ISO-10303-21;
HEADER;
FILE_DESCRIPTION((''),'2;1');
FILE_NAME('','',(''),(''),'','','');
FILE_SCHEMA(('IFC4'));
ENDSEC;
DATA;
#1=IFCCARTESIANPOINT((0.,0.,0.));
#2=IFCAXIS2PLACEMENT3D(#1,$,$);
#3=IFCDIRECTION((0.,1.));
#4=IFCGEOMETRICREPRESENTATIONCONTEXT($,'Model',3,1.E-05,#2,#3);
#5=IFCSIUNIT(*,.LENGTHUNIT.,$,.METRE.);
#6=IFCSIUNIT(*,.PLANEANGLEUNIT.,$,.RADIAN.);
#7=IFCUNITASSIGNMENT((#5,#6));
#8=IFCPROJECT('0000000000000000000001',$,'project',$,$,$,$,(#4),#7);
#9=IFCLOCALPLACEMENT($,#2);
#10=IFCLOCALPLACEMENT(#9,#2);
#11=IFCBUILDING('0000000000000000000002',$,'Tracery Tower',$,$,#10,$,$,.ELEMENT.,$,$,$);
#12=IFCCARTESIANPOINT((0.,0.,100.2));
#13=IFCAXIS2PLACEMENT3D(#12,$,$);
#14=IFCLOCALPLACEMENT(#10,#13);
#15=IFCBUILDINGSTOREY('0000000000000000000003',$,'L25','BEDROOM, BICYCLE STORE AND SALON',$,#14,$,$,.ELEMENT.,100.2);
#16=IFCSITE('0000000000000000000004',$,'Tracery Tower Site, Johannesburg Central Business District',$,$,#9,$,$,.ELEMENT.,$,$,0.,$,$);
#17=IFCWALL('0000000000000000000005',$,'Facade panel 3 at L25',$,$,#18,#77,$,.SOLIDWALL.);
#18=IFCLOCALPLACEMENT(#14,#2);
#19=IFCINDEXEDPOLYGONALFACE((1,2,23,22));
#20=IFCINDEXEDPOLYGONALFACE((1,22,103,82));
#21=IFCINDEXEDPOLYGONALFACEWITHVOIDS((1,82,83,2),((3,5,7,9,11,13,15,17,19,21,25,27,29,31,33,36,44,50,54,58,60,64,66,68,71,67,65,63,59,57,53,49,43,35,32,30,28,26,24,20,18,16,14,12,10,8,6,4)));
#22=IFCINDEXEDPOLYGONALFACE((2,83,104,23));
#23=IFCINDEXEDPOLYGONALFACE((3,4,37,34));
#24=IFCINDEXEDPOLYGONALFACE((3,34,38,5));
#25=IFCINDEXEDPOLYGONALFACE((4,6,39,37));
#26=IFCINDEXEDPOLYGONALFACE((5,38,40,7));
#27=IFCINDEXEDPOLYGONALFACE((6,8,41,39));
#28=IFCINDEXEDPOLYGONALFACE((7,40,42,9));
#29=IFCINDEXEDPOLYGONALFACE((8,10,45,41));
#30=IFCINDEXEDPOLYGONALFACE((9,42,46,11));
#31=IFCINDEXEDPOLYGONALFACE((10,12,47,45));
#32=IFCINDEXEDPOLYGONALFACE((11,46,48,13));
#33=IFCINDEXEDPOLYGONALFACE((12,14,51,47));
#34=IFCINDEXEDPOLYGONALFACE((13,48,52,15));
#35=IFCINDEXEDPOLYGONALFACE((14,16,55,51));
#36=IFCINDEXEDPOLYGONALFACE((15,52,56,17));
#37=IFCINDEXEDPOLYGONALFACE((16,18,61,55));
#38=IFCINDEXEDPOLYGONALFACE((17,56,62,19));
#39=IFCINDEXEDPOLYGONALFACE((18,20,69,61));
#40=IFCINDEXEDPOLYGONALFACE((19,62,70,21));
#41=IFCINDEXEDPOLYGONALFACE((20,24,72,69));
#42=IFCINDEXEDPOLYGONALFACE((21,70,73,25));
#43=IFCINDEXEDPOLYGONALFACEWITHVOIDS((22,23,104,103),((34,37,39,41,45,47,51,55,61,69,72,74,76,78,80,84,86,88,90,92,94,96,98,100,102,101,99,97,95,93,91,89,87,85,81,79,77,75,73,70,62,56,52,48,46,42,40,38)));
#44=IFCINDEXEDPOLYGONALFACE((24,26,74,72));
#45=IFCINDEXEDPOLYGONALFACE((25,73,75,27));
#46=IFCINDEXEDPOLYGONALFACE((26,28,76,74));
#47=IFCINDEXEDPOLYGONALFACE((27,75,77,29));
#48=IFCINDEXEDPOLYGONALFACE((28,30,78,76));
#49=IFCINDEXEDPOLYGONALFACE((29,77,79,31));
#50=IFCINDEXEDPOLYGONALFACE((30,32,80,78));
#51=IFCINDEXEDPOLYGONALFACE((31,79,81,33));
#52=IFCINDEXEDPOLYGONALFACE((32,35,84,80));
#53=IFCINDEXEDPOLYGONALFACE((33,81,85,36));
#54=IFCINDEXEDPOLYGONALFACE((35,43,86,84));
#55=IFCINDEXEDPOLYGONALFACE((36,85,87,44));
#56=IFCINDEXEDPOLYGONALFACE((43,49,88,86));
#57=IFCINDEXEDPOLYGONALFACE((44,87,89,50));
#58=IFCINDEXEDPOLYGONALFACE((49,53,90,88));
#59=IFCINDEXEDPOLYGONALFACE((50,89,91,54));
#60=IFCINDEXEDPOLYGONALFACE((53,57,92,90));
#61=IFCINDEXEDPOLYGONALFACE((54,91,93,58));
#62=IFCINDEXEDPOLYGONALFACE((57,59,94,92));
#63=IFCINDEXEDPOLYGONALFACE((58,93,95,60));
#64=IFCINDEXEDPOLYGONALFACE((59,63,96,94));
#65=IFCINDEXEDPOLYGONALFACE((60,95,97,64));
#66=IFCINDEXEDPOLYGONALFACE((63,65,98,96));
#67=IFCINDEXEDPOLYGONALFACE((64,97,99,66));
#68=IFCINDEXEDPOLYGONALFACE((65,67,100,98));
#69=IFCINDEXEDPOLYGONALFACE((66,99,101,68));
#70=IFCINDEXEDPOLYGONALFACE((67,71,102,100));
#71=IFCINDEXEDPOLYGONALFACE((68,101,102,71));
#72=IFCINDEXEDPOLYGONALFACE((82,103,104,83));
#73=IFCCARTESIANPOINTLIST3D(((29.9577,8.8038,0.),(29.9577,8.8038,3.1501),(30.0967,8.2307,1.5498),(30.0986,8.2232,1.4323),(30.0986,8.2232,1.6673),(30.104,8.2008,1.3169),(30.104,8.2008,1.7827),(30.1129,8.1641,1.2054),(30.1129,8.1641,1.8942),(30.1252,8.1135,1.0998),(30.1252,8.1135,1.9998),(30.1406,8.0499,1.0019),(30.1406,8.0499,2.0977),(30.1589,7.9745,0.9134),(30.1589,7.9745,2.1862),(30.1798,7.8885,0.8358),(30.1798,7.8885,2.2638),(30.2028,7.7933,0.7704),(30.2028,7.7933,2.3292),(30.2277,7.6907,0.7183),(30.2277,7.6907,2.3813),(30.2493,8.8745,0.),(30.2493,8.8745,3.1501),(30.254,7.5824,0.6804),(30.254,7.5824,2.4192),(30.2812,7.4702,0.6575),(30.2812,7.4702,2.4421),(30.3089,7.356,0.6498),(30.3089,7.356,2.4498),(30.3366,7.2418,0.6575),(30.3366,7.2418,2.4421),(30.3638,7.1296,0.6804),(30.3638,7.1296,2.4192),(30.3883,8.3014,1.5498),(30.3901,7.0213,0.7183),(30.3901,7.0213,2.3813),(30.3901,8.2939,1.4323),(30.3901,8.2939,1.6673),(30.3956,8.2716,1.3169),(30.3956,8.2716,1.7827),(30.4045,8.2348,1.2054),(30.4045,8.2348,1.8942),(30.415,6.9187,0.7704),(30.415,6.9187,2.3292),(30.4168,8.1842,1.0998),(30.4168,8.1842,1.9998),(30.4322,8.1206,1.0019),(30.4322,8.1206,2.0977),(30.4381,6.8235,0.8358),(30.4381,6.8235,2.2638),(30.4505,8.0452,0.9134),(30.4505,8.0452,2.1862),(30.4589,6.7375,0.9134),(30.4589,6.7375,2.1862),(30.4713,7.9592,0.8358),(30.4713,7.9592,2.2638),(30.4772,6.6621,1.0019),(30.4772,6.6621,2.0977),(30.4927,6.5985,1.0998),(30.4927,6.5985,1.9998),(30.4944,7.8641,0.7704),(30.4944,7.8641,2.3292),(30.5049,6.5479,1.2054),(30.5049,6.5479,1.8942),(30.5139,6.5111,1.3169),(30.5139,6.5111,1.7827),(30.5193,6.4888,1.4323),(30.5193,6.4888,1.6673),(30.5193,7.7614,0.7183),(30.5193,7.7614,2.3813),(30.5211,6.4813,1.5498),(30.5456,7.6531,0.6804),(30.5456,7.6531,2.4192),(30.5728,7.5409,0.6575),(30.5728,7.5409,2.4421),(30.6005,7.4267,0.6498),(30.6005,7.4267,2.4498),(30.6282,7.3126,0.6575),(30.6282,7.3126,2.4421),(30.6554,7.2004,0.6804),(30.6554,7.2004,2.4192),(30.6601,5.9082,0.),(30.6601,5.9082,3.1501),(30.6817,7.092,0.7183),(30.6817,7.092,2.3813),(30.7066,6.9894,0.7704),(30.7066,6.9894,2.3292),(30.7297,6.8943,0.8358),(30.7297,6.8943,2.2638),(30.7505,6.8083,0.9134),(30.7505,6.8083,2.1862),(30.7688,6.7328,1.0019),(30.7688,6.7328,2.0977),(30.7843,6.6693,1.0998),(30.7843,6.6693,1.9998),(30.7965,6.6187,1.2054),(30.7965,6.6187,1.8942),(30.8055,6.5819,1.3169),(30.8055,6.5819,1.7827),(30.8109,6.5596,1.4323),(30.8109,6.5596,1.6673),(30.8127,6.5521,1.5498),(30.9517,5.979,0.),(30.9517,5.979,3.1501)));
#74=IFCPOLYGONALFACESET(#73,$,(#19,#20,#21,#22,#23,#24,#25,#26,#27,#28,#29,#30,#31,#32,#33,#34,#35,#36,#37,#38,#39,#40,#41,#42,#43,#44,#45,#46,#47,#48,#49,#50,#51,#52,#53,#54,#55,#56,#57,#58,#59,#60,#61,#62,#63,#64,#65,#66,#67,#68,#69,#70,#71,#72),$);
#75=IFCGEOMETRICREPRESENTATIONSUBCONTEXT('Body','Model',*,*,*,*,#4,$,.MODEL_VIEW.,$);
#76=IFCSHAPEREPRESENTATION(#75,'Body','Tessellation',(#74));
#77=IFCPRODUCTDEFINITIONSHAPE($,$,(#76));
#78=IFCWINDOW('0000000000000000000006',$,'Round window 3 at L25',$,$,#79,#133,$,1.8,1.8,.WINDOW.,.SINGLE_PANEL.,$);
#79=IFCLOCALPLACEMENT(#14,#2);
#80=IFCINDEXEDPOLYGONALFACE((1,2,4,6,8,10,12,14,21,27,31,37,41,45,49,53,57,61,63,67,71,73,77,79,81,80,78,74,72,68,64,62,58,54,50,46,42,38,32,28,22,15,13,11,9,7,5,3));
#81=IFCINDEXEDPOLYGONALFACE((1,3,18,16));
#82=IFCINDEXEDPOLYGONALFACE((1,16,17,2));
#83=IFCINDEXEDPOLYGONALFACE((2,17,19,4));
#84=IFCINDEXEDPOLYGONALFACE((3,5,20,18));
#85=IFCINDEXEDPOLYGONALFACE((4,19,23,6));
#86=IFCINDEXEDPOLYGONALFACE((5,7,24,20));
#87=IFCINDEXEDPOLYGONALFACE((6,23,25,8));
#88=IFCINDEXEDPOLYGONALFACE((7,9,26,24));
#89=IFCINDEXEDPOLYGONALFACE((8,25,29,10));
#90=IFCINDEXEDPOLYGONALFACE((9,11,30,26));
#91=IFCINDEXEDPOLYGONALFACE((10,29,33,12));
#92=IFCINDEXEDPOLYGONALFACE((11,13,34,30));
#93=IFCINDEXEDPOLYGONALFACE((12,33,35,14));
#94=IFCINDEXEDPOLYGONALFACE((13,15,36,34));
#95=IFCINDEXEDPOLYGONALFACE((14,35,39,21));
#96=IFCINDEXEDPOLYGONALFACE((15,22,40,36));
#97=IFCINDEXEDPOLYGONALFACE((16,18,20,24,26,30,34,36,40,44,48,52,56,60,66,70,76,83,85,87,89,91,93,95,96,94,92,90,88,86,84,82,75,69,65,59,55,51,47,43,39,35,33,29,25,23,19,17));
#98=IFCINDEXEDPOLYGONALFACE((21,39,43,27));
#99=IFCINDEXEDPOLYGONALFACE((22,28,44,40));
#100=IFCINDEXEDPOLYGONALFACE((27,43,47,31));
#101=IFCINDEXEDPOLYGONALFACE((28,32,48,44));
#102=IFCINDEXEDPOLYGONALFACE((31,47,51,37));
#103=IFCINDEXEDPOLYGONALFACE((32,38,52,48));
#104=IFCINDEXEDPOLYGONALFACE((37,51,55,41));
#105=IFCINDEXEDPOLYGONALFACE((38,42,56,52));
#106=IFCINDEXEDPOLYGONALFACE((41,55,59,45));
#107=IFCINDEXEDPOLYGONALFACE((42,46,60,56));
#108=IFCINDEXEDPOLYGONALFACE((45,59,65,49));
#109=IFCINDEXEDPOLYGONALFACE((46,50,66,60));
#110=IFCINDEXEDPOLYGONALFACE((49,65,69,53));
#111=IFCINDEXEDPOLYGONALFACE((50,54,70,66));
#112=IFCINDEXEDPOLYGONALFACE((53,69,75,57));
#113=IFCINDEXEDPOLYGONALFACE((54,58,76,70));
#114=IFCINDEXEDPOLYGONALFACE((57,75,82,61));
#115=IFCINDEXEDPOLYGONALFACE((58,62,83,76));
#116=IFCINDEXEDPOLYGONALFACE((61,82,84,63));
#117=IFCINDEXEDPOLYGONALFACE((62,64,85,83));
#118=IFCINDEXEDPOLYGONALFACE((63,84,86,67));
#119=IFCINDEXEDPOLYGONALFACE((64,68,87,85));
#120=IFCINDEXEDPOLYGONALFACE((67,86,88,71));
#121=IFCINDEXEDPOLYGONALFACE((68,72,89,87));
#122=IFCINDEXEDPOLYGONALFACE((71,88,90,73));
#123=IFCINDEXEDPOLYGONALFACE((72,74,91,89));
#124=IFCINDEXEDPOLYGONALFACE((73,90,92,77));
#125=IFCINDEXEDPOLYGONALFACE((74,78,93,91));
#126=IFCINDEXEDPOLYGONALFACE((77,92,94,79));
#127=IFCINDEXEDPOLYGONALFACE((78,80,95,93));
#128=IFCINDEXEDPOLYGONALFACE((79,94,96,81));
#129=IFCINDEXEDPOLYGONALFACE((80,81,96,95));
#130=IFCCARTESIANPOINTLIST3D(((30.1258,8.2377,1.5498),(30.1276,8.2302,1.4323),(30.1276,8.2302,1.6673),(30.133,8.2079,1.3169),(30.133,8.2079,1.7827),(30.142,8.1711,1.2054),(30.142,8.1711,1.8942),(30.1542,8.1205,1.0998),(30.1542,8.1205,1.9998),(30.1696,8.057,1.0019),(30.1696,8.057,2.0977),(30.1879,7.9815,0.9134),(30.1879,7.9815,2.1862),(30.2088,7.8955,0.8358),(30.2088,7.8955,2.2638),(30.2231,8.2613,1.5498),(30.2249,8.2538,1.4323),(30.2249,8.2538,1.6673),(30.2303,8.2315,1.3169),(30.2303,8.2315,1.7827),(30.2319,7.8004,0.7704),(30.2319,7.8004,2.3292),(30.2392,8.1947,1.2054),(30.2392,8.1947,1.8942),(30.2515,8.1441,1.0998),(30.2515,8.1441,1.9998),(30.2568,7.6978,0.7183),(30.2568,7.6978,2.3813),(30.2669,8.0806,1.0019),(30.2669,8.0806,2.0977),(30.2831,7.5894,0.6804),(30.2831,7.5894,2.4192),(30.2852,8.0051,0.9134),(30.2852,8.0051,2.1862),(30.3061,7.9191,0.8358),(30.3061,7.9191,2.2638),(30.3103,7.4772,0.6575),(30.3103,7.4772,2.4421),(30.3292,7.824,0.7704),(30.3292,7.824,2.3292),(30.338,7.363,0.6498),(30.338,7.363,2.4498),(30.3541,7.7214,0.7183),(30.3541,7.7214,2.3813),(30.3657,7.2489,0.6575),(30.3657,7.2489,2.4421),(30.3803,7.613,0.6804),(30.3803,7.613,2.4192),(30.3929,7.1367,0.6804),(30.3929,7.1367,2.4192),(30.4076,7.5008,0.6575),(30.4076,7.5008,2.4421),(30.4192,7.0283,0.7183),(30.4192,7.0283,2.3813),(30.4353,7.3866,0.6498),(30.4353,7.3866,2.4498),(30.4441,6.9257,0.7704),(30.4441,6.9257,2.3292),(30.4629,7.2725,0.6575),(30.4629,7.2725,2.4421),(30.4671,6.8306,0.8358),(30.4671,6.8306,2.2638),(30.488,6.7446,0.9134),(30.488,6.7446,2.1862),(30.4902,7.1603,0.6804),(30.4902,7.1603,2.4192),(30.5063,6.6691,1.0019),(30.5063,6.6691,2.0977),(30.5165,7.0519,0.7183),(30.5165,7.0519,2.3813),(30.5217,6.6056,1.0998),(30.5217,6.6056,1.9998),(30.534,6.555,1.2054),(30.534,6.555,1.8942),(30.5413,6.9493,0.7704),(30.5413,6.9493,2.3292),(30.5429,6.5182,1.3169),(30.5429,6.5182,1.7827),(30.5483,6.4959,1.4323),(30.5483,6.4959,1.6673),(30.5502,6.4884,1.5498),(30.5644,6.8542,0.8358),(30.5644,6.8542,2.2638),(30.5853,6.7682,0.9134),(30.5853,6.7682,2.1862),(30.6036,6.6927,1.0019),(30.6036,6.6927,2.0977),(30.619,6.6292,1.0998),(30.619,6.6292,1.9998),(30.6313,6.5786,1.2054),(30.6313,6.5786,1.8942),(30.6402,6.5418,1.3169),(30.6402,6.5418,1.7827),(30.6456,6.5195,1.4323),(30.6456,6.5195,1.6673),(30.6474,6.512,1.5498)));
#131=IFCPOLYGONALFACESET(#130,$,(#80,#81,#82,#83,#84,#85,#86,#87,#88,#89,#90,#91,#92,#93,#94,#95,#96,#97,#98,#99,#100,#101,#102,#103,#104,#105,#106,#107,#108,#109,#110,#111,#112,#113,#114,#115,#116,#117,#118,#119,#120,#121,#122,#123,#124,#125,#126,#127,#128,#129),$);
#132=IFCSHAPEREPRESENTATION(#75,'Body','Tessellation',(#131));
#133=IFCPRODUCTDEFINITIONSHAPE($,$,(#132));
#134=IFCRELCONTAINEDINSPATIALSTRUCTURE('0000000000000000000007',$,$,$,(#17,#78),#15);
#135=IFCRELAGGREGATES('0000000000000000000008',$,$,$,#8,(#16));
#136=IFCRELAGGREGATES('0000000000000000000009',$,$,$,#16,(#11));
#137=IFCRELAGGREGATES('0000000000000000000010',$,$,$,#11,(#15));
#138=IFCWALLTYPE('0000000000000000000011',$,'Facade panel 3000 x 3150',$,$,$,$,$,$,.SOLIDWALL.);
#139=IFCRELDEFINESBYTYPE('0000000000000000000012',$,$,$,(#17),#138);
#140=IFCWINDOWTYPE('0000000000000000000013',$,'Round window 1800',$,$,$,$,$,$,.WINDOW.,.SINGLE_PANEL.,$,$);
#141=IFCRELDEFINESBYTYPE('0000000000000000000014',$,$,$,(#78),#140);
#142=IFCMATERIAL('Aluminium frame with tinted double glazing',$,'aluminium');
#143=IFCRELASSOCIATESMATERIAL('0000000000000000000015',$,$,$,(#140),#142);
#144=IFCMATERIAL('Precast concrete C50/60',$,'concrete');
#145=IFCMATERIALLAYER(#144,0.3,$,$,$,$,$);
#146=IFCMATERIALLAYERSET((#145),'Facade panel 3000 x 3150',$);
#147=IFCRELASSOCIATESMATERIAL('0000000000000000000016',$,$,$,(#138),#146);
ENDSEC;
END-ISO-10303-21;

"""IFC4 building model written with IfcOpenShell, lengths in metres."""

from ifc_helpers import new_model, si_unit, direction, frame, frame_2d, origin, origin_2d, place, context, subcontext, project, spatial, rectangle, circle, extrude, material, layer, layer_set, type_object, element, fill, save


model = new_model("IFC4")

# Units and contexts
model_context = context("Model", 3, precision=1e-05, world=origin(), true_north=direction((0.0, 1.0)))
body_context = subcontext(model_context, "Body", "Model", "MODEL_VIEW")
ifc_project = project(units=[si_unit("LENGTHUNIT", "METRE"), si_unit("PLANEANGLEUNIT", "RADIAN")], contexts=[model_context])

# Site, building, storey
site_placement = place(None, origin())
site = spatial("IfcSite", under=ifc_project, at=site_placement, Name="Tracery Tower Site, Johannesburg Central Business District", CompositionType="ELEMENT", RefElevation=0.0)
building_placement = place(site_placement, origin())
building = spatial("IfcBuilding", under=site, at=building_placement, Name="Tracery Tower", CompositionType="ELEMENT")
storey_placement = place(building_placement, frame((0.0, 0.0, 100.2)))
storey = spatial("IfcBuildingStorey", under=building, at=storey_placement, Name="L25", Description="BEDROOM, BICYCLE STORE AND SALON", CompositionType="ELEMENT", Elevation=100.2)

# Wall, opening, window
ifc_material_1 = material(Name="Aluminium frame with tinted double glazing", Category="aluminium")
window_type = type_object("IfcWindowType", Name="Round window 1800", PartitioningType="SINGLE_PANEL", PredefinedType="WINDOW", material=ifc_material_1)
ifc_material_2 = material(Name="Precast concrete C50/60", Category="concrete")
ifc_layer_1 = layer(ifc_material_2, 0.3)
ifc_layer_set_1 = layer_set([ifc_layer_1], Name="Facade panel 3000 x 3150")
wall_type_1 = type_object("IfcWallType", Name="Facade panel 3000 x 3150", PredefinedType="SOLIDWALL", material=ifc_layer_set_1)
wall_1_placement = place(storey_placement, frame((30.8059, 5.9436, 0.0), z_axis=(0.0, 0.0, 1.0), x_axis=(-0.235743, 0.971815, 0.0)))
wall_1 = element("IfcWall", 1, at=wall_1_placement, inside=storey, type_object=wall_type_1, Name="Facade panel 3 at L25", PredefinedType="SOLIDWALL", context=body_context, shape_type="SweptSolid", body=[
    extrude(rectangle(XDim=2.9795, YDim=0.3, at=frame_2d((1.4897, 0.0))), origin(), (0.0, 0.0, 1.0), 3.1501),
])
opening_1_placement = place(wall_1_placement, frame((1.4897, 0.0, 1.5498)))
opening_1 = element("IfcOpeningElement", 2, at=opening_1_placement, cuts=wall_1, PredefinedType="OPENING", context=body_context, shape_type="SweptSolid", body=[
    extrude(circle(Radius=0.9, at=origin_2d()), frame((0.0, 0.1599, 0.0), z_axis=(0.0, -1.0, 0.0), x_axis=(1.0, 0.0, 0.0)), (0.0, 0.0, 1.0), 0.3201),
])
window_1_placement = place(opening_1_placement, origin())
window_1 = element("IfcWindow", 3, at=window_1_placement, inside=storey, type_object=window_type, Name="Round window 3 at L25", OverallHeight=1.8, OverallWidth=1.8, PartitioningType="SINGLE_PANEL", PredefinedType="WINDOW", context=body_context, shape_type="SweptSolid", body=[
    extrude(circle(Radius=0.9, at=origin_2d()), frame((0.0, 0.1201, 0.0), z_axis=(0.0, -1.0, 0.0), x_axis=(1.0, 0.0, 0.0)), (0.0, 0.0, 1.0), 0.1001),
])
fill(opening_1, window_1)

save(model, "model.ifc")
